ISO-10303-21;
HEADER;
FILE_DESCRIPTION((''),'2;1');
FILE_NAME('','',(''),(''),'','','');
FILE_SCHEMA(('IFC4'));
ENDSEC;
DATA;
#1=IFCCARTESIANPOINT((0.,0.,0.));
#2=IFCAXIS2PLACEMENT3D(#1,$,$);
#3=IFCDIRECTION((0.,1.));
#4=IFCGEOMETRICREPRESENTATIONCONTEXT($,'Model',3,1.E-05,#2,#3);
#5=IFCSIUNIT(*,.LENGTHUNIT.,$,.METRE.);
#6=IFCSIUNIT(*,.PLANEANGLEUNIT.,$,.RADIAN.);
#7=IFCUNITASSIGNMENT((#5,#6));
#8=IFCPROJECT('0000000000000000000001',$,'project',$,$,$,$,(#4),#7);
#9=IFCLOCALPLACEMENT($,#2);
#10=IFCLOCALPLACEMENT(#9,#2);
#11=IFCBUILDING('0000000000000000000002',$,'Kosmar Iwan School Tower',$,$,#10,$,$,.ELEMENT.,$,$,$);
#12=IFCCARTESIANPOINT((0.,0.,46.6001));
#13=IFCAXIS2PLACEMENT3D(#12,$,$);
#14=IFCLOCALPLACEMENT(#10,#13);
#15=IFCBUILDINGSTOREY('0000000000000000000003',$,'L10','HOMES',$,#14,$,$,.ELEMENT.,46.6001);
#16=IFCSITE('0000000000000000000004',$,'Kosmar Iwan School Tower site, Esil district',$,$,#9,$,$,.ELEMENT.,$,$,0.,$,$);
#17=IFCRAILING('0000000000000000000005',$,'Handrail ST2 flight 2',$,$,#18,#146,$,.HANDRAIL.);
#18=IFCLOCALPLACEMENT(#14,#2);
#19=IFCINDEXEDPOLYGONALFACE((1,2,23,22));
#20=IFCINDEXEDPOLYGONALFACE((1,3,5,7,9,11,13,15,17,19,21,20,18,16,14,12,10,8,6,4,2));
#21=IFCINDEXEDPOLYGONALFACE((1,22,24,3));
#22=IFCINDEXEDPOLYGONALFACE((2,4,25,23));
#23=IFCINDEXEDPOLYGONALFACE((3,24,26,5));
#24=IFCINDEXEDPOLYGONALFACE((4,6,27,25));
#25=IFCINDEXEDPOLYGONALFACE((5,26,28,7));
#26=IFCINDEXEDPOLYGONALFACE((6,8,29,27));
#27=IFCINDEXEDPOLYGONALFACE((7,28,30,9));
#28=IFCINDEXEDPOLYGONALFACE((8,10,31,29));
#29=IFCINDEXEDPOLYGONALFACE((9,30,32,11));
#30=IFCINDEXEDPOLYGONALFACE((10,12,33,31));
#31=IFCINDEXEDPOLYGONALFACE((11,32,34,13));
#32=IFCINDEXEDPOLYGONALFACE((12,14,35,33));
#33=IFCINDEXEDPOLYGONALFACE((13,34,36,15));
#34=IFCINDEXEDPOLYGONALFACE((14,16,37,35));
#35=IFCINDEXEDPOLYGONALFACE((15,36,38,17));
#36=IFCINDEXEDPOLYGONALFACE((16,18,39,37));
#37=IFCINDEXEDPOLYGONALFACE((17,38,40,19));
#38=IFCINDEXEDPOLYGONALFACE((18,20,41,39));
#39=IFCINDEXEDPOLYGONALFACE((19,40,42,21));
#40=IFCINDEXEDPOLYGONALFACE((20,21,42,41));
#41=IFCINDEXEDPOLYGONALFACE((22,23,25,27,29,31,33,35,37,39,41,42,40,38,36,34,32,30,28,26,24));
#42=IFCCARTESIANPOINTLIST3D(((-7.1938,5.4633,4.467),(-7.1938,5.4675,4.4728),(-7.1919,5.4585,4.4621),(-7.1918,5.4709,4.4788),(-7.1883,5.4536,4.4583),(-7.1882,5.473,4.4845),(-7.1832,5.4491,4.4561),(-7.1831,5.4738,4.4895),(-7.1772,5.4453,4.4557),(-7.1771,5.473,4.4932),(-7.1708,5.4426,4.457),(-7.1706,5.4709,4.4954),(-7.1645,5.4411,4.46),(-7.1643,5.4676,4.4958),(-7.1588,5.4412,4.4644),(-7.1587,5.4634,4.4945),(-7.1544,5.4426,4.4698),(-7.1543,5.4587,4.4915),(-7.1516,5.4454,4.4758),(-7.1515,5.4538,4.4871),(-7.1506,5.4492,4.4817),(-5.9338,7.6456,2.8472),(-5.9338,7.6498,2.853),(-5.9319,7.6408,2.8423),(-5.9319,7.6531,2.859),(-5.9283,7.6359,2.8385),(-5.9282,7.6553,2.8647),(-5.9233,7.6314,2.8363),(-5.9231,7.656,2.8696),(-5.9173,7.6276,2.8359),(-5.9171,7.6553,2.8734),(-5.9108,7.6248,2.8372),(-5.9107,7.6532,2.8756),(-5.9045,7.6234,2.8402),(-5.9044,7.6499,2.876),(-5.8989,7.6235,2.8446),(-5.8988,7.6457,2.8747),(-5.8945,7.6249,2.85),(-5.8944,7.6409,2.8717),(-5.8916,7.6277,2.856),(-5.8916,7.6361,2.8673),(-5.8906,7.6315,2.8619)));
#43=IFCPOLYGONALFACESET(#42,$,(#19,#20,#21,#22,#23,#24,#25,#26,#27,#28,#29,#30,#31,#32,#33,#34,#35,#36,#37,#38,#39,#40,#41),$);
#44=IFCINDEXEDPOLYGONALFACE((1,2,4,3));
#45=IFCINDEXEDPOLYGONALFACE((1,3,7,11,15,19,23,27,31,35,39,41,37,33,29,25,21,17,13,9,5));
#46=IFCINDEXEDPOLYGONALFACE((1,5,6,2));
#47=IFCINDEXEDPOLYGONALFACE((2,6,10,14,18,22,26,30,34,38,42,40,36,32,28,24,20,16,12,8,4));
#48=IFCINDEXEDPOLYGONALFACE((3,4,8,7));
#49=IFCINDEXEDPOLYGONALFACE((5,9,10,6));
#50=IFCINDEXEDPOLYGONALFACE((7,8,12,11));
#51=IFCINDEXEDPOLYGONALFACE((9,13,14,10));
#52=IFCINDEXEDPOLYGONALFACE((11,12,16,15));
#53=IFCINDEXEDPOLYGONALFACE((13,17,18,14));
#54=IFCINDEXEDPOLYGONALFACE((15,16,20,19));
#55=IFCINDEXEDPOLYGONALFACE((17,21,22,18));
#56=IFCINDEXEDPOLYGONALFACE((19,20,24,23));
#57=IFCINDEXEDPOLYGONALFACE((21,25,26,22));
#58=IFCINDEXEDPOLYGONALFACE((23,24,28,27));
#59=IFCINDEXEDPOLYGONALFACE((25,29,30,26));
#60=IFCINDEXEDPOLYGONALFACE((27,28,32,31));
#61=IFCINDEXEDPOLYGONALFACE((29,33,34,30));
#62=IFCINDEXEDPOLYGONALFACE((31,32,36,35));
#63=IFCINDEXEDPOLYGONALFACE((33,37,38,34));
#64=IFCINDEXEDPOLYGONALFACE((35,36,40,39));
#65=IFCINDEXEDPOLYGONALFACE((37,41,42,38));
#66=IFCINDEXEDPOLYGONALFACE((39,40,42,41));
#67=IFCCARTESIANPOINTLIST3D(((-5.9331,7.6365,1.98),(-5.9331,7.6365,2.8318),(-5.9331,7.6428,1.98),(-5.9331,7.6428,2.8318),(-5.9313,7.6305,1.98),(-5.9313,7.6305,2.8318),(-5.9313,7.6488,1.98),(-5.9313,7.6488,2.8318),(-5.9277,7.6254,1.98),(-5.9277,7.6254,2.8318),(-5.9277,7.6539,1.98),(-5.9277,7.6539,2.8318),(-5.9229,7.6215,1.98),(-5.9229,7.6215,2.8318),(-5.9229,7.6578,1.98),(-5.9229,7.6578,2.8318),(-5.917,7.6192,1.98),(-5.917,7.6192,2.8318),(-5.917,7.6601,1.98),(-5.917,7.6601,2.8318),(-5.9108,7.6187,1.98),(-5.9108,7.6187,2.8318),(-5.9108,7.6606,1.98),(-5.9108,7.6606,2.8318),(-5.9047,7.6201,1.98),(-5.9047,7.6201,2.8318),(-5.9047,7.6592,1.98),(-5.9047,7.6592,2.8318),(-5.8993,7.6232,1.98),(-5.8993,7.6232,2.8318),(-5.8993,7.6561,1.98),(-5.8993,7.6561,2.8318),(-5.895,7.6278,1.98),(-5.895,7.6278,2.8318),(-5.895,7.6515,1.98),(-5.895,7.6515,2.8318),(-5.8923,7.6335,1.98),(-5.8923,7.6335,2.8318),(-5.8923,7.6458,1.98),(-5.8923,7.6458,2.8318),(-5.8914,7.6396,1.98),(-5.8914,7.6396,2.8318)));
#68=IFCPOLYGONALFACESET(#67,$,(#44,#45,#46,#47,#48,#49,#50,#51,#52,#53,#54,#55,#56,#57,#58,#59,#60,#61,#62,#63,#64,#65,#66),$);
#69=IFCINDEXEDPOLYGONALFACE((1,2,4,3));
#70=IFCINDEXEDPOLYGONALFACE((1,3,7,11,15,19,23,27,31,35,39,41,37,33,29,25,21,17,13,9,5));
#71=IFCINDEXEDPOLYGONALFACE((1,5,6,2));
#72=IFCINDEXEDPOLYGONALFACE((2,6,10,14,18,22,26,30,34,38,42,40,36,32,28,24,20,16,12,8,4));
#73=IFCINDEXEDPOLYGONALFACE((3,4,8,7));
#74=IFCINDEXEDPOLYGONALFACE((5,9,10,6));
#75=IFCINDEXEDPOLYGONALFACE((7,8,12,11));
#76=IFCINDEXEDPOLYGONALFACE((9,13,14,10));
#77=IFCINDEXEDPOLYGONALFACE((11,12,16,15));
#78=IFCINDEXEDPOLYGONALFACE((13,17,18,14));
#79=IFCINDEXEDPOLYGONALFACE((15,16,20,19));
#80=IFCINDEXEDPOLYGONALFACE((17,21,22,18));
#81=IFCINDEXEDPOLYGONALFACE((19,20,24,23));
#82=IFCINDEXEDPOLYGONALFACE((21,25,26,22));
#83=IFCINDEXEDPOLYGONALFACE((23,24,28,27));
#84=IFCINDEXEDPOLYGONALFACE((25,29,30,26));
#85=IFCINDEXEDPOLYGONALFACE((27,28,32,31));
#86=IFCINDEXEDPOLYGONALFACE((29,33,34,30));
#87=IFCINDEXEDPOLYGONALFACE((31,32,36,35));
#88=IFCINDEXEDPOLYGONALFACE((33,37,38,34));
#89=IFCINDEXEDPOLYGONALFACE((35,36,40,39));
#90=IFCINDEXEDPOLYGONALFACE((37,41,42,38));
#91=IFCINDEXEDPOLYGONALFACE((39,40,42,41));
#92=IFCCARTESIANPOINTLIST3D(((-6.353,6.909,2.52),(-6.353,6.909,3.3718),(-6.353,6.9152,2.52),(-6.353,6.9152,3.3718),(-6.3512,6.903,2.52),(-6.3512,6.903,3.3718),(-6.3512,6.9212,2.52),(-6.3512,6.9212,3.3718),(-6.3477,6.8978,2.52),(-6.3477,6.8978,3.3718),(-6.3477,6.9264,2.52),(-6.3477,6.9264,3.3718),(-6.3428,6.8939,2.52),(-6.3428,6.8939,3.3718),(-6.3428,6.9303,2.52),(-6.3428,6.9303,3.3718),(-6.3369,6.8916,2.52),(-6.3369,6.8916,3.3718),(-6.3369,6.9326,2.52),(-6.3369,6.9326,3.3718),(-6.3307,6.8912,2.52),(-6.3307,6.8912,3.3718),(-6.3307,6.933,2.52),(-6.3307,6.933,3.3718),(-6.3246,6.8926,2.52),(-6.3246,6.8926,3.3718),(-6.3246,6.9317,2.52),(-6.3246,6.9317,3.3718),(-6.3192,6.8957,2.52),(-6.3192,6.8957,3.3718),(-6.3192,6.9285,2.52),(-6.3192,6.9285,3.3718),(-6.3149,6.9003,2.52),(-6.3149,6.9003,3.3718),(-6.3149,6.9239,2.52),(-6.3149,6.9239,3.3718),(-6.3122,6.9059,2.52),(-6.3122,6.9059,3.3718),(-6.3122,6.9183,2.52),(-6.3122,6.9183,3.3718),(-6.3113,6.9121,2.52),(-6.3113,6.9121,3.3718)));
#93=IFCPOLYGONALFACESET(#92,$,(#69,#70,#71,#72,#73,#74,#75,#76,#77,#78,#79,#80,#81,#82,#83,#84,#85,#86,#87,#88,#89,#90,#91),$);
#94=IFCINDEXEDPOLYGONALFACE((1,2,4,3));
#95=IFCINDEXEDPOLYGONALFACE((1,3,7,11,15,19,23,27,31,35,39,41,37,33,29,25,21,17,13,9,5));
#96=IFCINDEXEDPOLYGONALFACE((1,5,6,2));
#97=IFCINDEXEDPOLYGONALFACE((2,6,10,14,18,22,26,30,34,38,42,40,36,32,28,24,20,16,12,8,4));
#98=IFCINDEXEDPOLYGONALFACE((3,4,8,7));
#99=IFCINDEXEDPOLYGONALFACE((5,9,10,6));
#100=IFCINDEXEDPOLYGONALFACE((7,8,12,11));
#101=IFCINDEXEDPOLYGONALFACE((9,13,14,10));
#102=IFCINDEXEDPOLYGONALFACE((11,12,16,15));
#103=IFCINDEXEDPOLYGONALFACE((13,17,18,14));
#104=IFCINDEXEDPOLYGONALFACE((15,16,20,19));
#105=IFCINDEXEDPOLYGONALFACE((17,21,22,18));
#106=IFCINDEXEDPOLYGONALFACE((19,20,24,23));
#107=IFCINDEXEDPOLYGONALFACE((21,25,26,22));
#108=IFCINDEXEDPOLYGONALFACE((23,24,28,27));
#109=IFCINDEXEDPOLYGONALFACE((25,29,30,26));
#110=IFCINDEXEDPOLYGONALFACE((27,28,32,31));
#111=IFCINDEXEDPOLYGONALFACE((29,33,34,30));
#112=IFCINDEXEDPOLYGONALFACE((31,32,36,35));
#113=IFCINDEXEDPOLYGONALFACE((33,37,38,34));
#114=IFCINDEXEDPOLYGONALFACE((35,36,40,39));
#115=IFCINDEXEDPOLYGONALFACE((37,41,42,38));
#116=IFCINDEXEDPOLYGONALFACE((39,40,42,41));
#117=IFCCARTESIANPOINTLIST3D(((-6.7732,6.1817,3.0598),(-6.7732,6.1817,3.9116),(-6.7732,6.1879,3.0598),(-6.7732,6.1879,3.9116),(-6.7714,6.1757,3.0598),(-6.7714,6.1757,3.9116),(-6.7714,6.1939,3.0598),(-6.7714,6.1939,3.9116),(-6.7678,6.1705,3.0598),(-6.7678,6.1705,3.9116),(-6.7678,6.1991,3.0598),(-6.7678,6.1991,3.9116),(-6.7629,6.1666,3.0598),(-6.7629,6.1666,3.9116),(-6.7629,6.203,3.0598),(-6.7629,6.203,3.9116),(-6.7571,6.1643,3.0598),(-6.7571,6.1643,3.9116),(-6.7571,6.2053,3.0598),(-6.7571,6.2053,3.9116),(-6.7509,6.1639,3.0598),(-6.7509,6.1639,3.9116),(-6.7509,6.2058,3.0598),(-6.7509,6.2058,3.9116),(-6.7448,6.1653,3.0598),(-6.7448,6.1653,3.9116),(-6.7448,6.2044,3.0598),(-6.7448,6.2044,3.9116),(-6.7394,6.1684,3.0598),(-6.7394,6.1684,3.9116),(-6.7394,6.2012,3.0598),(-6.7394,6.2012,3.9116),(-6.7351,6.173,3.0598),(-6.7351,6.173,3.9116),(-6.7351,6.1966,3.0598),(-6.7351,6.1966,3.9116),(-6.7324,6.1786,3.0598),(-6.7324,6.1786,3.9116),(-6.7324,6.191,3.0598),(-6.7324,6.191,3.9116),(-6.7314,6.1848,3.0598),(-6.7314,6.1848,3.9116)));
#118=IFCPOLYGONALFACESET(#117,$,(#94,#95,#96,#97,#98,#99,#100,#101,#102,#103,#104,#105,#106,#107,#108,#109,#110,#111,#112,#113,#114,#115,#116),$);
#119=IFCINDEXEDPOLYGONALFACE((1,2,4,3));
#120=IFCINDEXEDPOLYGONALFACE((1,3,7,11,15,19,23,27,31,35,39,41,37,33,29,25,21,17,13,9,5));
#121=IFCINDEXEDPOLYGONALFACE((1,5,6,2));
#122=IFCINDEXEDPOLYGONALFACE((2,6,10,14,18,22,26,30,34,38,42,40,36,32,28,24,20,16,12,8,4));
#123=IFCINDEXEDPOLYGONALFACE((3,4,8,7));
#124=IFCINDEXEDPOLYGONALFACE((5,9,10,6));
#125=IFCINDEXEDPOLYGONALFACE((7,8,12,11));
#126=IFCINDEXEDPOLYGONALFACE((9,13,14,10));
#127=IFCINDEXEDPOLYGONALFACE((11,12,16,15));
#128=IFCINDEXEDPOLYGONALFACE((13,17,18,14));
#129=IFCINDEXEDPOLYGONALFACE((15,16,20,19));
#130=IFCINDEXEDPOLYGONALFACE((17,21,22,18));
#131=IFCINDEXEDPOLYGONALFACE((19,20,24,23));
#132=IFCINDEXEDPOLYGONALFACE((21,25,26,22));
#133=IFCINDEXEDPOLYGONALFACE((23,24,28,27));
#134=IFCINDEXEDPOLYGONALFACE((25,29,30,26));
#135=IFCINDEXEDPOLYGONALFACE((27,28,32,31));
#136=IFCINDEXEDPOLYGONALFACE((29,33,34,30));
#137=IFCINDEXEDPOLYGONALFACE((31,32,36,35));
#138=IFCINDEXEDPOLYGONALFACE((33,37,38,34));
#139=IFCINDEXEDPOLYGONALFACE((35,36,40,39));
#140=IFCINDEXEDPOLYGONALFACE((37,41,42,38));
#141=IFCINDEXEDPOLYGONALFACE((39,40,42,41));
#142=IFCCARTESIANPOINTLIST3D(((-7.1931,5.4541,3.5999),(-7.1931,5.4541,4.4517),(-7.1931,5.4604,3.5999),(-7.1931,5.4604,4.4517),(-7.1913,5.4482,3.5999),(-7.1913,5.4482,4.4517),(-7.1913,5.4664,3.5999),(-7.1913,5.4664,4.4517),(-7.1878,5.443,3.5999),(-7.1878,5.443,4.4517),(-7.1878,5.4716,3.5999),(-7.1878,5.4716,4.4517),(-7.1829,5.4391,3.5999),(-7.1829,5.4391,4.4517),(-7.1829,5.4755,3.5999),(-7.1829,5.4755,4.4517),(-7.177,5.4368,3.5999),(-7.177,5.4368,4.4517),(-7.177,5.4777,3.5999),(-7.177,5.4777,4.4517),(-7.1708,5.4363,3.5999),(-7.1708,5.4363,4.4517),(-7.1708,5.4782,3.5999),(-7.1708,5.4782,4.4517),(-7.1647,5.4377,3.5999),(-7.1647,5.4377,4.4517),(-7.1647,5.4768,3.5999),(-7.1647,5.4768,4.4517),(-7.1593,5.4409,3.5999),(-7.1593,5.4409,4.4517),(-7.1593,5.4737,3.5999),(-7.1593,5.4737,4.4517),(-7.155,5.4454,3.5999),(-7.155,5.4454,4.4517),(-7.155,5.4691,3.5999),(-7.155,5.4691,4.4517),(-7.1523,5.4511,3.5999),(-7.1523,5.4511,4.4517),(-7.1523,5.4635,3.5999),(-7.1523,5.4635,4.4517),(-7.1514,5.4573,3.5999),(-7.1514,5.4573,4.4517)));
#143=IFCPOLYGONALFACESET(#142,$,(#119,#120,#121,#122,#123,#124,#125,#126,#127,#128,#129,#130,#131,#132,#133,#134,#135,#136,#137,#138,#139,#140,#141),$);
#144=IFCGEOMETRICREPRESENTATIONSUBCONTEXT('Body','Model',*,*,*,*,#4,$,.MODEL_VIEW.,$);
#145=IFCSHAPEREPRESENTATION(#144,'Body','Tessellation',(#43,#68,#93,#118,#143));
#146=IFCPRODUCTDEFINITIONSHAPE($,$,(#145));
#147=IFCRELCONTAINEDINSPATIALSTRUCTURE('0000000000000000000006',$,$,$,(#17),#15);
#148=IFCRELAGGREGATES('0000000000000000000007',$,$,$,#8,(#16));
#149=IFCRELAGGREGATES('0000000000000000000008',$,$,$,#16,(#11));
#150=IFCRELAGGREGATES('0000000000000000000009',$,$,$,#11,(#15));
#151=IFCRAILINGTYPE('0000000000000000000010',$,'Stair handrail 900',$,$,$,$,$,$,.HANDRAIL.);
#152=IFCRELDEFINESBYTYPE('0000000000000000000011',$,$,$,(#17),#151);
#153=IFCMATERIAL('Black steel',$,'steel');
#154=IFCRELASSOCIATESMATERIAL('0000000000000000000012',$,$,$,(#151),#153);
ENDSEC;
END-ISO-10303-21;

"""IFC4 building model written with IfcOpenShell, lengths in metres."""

from ifc_helpers import new_model, si_unit, direction, frame, origin, origin_2d, place, context, subcontext, project, spatial, circle, extrude, material, type_object, element, save


model = new_model("IFC4")

# Units and contexts
model_context = context("Model", 3, precision=1e-05, world=origin(), true_north=direction((0.0, 1.0)))
body_context = subcontext(model_context, "Body", "Model", "MODEL_VIEW")
ifc_project = project(units=[si_unit("LENGTHUNIT", "METRE"), si_unit("PLANEANGLEUNIT", "RADIAN")], contexts=[model_context])

# Site, building, storey
site_placement = place(None, origin())
site = spatial("IfcSite", under=ifc_project, at=site_placement, Name="Kosmar Iwan School Tower site, Esil district", CompositionType="ELEMENT", RefElevation=0.0)
building_placement = place(site_placement, origin())
building = spatial("IfcBuilding", under=site, at=building_placement, Name="Kosmar Iwan School Tower", CompositionType="ELEMENT")
storey_placement = place(building_placement, frame((0.0, 0.0, 46.6001)))
storey = spatial("IfcBuildingStorey", under=building, at=storey_placement, Name="L10", Description="HOMES", CompositionType="ELEMENT", Elevation=46.6001)

# Railing
ifc_material_1 = material(Name="Black steel", Category="steel")
railing_type = type_object("IfcRailingType", Name="Stair handrail 900", PredefinedType="HANDRAIL", material=ifc_material_1)
railing_placement = place(storey_placement, frame((-5.9124, 7.6396, 1.98)))
element("IfcRailing", 1, at=railing_placement, inside=storey, type_object=railing_type, Name="Handrail ST2 flight 2", PredefinedType="HANDRAIL", context=body_context, shape_type="SweptSolid", body=[
    extrude(circle(Radius=0.0239, at=origin_2d()), frame((0.0, 0.0, 0.876), z_axis=(-0.420603, -0.728496, 0.540728), x_axis=(0.866023, -0.500005, 0.0)), (0.0, 0.0, 1.0), 2.9956),
    extrude(circle(Radius=0.021, at=origin_2d()), origin(), (0.0, 0.0, 1.0), 0.8518),
    extrude(circle(Radius=0.021, at=origin_2d()), frame((-0.4199, -0.7275, 0.54)), (0.0, 0.0, 1.0), 0.8518),
    extrude(circle(Radius=0.021, at=origin_2d()), frame((-0.8401, -1.4548, 1.0798)), (0.0, 0.0, 1.0), 0.8518),
    extrude(circle(Radius=0.021, at=origin_2d()), frame((-1.26, -2.1824, 1.6199)), (0.0, 0.0, 1.0), 0.8518),
])

save(model, "model.ifc")
